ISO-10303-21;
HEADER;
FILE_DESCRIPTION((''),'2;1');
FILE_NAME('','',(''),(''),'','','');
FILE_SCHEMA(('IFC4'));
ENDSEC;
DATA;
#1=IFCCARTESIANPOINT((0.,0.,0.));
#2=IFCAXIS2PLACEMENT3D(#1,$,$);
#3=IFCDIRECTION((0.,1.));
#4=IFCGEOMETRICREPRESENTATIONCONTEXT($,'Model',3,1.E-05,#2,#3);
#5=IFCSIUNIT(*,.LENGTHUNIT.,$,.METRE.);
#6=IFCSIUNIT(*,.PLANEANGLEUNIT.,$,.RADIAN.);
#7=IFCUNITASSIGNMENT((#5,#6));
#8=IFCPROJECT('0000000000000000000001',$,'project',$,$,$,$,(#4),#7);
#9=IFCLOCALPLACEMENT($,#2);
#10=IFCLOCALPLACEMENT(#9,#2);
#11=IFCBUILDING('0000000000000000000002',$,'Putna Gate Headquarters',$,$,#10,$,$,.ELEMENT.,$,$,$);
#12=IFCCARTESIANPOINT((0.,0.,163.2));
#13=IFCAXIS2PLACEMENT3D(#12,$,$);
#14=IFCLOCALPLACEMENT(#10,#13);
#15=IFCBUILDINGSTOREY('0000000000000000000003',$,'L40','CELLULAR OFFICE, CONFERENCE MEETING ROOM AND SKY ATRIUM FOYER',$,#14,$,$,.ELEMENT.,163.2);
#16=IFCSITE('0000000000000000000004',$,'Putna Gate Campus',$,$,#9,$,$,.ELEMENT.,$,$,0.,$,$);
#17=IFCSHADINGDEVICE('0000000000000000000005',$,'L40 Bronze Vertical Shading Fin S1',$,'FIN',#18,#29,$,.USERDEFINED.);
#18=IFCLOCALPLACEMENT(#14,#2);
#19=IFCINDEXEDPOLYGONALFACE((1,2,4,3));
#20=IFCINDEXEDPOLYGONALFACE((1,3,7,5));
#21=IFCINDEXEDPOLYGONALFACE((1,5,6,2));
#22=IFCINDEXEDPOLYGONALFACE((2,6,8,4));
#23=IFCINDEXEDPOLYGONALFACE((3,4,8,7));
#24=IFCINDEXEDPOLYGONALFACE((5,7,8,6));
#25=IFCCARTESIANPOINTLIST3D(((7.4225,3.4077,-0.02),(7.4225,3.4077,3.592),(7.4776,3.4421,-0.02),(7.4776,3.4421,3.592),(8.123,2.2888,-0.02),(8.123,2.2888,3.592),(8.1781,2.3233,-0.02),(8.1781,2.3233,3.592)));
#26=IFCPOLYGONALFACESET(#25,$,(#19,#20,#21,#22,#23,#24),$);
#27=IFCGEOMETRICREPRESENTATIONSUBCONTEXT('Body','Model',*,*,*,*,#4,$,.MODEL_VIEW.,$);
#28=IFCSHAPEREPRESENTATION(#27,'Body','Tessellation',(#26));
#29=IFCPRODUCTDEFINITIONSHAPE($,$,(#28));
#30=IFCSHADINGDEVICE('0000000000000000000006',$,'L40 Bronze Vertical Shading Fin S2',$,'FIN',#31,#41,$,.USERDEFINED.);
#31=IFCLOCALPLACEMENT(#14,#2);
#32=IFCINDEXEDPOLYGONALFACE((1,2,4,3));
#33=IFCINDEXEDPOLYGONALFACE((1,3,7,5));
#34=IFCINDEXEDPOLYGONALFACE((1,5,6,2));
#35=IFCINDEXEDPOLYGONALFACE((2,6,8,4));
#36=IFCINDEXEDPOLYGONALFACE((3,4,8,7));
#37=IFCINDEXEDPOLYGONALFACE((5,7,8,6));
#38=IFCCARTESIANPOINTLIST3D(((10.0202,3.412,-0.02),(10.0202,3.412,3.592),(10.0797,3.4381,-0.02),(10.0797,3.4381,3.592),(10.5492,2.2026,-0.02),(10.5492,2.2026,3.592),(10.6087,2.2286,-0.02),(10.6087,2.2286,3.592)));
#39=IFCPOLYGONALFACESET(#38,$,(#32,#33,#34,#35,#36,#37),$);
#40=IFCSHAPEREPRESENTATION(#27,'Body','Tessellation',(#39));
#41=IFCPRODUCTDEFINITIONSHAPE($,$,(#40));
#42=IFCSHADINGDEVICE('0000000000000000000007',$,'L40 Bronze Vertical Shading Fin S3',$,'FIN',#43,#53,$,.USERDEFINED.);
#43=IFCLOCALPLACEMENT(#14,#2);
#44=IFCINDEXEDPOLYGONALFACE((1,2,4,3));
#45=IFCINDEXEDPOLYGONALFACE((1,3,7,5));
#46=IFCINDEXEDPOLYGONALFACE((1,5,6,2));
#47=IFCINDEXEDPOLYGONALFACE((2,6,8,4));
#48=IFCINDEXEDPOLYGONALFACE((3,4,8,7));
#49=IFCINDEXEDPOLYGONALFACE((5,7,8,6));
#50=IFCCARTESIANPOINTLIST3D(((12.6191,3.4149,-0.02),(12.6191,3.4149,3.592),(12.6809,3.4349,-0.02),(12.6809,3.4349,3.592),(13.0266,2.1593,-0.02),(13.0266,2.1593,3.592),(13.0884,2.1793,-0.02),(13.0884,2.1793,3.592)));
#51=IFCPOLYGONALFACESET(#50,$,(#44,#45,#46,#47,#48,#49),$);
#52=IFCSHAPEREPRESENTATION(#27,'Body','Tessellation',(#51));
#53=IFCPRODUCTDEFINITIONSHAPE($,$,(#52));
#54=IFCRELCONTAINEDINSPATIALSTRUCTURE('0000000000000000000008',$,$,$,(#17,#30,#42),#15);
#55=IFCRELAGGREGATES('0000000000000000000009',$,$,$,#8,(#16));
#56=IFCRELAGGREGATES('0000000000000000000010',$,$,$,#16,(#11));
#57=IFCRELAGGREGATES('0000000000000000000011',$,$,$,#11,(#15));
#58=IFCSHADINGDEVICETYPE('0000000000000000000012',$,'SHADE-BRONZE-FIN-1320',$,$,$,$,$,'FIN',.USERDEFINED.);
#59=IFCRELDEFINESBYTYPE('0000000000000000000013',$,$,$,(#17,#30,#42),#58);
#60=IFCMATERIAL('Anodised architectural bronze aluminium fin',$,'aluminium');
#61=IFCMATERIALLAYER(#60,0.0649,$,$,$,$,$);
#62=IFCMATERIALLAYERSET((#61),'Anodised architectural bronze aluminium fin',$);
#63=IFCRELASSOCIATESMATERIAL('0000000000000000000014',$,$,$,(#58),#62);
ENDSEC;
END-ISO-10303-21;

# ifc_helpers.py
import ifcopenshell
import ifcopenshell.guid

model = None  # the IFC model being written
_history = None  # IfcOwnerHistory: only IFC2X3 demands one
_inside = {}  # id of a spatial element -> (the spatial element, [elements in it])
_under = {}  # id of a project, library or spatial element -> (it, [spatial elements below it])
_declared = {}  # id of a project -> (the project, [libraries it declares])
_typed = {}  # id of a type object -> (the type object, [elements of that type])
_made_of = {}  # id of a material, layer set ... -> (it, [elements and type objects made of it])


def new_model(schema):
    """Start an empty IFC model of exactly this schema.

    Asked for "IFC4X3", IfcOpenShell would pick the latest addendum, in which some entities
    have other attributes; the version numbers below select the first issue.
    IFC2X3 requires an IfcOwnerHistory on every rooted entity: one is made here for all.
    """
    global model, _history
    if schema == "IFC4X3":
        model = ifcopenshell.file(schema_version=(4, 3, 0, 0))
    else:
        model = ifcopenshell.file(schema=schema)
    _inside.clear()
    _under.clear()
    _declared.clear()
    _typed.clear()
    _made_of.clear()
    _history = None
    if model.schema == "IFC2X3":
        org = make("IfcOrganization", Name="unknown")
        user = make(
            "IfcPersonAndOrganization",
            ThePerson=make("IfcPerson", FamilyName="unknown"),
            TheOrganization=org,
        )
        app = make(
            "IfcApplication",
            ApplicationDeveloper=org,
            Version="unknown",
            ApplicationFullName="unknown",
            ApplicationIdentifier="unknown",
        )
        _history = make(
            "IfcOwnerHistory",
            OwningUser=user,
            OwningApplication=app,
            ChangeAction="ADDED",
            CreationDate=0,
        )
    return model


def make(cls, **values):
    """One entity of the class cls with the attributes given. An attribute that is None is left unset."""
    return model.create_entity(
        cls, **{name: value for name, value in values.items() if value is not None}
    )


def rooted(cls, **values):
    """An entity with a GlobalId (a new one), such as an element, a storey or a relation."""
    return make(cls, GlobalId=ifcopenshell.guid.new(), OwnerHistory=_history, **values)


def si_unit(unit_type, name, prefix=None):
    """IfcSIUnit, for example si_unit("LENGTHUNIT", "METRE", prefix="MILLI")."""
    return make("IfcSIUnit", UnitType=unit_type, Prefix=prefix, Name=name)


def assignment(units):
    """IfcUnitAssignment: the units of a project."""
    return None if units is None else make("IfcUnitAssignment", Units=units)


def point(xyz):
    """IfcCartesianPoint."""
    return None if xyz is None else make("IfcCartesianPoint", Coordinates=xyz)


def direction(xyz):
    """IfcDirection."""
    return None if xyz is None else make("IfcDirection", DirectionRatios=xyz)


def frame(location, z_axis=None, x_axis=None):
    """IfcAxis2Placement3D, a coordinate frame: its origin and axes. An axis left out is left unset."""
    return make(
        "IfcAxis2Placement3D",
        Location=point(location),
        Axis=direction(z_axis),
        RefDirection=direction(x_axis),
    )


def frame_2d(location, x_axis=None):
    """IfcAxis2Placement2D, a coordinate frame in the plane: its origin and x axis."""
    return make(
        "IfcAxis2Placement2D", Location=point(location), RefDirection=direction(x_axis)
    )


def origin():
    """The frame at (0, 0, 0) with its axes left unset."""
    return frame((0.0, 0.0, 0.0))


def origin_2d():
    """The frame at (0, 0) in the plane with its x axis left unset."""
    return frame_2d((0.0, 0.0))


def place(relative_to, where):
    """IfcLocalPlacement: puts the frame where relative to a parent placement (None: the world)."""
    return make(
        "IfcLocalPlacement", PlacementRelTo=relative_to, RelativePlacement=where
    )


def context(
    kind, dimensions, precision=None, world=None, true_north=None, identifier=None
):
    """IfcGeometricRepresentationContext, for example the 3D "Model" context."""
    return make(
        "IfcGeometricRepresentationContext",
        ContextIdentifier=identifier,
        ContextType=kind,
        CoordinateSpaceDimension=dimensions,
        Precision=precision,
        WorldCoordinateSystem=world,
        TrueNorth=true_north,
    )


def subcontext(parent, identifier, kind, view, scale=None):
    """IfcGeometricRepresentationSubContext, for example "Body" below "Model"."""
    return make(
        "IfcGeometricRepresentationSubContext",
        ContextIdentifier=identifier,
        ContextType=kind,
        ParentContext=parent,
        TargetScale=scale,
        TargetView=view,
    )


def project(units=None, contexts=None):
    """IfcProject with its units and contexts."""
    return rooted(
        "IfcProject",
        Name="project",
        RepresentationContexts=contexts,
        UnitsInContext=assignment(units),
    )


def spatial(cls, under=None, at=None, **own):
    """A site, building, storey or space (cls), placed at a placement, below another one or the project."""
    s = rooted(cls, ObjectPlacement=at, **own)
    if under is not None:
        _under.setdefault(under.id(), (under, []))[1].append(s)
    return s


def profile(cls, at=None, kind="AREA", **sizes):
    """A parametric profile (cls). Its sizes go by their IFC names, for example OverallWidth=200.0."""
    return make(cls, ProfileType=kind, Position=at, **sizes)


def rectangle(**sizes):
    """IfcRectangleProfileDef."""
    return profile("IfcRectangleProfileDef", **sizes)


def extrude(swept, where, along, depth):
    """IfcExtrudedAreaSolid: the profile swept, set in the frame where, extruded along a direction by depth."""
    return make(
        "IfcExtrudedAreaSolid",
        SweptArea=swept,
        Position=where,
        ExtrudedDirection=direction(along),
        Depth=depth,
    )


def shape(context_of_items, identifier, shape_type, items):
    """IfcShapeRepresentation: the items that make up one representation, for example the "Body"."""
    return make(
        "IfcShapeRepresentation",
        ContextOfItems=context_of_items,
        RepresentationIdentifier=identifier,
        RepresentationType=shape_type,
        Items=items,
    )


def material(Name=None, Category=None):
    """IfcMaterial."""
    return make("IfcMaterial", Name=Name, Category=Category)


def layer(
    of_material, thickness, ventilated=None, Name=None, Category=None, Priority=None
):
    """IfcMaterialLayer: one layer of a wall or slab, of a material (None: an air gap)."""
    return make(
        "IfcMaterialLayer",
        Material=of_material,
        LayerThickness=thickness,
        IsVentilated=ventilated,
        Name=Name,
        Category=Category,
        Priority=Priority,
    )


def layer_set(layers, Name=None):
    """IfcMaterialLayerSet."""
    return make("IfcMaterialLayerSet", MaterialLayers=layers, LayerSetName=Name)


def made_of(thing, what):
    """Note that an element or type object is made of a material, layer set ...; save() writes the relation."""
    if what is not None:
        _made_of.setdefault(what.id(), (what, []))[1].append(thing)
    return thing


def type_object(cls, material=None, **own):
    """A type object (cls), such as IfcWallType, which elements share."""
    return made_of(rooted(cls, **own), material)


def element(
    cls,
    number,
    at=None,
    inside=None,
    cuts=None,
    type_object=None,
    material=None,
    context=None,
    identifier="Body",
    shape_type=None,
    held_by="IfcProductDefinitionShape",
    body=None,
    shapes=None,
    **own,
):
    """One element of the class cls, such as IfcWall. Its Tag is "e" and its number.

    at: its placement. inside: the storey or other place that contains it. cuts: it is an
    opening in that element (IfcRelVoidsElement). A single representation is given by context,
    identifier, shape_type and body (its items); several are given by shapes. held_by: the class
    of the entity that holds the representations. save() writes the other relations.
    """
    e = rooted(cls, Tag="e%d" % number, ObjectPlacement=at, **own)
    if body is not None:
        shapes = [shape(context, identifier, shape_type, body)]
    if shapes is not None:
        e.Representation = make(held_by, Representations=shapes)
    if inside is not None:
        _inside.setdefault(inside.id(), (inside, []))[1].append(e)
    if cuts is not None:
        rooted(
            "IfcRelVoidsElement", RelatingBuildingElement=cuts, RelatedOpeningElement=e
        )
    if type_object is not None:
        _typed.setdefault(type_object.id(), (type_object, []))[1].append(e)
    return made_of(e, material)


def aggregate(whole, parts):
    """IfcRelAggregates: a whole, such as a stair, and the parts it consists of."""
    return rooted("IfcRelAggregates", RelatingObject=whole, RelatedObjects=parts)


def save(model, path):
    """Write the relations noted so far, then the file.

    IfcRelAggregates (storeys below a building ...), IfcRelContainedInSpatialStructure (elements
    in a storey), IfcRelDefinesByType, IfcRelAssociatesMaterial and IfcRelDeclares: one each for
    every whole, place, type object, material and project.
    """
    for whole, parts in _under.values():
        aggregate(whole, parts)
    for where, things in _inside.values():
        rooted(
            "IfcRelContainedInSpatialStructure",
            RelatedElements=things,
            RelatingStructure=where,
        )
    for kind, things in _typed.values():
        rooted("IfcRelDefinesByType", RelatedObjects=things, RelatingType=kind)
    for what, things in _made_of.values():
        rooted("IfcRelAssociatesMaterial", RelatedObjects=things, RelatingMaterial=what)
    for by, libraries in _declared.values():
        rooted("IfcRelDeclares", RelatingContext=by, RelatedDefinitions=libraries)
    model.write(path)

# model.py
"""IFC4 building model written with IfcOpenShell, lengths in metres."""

from ifc_helpers import new_model, si_unit, direction, frame, origin, origin_2d, place, context, subcontext, project, spatial, rectangle, extrude, material, layer, layer_set, type_object, element, save


model = new_model("IFC4")

# Units and contexts
model_context = context("Model", 3, precision=1e-05, world=origin(), true_north=direction((0.0, 1.0)))
body_context = subcontext(model_context, "Body", "Model", "MODEL_VIEW")
ifc_project = project(units=[si_unit("LENGTHUNIT", "METRE"), si_unit("PLANEANGLEUNIT", "RADIAN")], contexts=[model_context])

# Site, building, storey
site_placement = place(None, origin())
site = spatial("IfcSite", under=ifc_project, at=site_placement, Name="Putna Gate Campus", CompositionType="ELEMENT", RefElevation=0.0)
building_placement = place(site_placement, origin())
building = spatial("IfcBuilding", under=site, at=building_placement, Name="Putna Gate Headquarters", CompositionType="ELEMENT")
storey_placement = place(building_placement, frame((0.0, 0.0, 163.2)))
storey = spatial("IfcBuildingStorey", under=building, at=storey_placement, Name="L40", Description="CELLULAR OFFICE, CONFERENCE MEETING ROOM AND SKY ATRIUM FOYER", CompositionType="ELEMENT", Elevation=163.2)

# Shading devices
ifc_material_1 = material(Name="Anodised architectural bronze aluminium fin", Category="aluminium")
ifc_layer_1 = layer(ifc_material_1, 0.0649)
ifc_layer_set_1 = layer_set([ifc_layer_1], Name="Anodised architectural bronze aluminium fin")
shading_device_type = type_object("IfcShadingDeviceType", Name="SHADE-BRONZE-FIN-1320", ElementType="FIN", PredefinedType="USERDEFINED", material=ifc_layer_set_1)
for number, where, z_axis, x_axis, name in (
    (1, (7.8003, 2.8655, -0.02), (0.0, 0.0, 1.0), (0.530659, -0.847585, 0.0), "L40 Bronze Vertical Shading Fin S1"),
    (2, (10.3145, 2.8203, -0.02), (0.0, 0.0, 1.0), (0.400669, -0.916223, 0.0), "L40 Bronze Vertical Shading Fin S2"),
    (3, (12.8538, 2.7971, -0.02), (0.0, 0.0, 1.0), (0.308685, -0.951164, 0.0), "L40 Bronze Vertical Shading Fin S3"),
):
    element("IfcShadingDevice", number, at=place(storey_placement, frame(where, z_axis=z_axis, x_axis=x_axis)), inside=storey, type_object=shading_device_type, Name=name, ObjectType="FIN", PredefinedType="USERDEFINED", context=body_context, shape_type="SweptSolid", body=[
        extrude(rectangle(XDim=1.3201, YDim=0.0649, at=origin_2d()), origin(), (0.0, 0.0, 1.0), 3.6121),
    ])

save(model, "model.ifc")
